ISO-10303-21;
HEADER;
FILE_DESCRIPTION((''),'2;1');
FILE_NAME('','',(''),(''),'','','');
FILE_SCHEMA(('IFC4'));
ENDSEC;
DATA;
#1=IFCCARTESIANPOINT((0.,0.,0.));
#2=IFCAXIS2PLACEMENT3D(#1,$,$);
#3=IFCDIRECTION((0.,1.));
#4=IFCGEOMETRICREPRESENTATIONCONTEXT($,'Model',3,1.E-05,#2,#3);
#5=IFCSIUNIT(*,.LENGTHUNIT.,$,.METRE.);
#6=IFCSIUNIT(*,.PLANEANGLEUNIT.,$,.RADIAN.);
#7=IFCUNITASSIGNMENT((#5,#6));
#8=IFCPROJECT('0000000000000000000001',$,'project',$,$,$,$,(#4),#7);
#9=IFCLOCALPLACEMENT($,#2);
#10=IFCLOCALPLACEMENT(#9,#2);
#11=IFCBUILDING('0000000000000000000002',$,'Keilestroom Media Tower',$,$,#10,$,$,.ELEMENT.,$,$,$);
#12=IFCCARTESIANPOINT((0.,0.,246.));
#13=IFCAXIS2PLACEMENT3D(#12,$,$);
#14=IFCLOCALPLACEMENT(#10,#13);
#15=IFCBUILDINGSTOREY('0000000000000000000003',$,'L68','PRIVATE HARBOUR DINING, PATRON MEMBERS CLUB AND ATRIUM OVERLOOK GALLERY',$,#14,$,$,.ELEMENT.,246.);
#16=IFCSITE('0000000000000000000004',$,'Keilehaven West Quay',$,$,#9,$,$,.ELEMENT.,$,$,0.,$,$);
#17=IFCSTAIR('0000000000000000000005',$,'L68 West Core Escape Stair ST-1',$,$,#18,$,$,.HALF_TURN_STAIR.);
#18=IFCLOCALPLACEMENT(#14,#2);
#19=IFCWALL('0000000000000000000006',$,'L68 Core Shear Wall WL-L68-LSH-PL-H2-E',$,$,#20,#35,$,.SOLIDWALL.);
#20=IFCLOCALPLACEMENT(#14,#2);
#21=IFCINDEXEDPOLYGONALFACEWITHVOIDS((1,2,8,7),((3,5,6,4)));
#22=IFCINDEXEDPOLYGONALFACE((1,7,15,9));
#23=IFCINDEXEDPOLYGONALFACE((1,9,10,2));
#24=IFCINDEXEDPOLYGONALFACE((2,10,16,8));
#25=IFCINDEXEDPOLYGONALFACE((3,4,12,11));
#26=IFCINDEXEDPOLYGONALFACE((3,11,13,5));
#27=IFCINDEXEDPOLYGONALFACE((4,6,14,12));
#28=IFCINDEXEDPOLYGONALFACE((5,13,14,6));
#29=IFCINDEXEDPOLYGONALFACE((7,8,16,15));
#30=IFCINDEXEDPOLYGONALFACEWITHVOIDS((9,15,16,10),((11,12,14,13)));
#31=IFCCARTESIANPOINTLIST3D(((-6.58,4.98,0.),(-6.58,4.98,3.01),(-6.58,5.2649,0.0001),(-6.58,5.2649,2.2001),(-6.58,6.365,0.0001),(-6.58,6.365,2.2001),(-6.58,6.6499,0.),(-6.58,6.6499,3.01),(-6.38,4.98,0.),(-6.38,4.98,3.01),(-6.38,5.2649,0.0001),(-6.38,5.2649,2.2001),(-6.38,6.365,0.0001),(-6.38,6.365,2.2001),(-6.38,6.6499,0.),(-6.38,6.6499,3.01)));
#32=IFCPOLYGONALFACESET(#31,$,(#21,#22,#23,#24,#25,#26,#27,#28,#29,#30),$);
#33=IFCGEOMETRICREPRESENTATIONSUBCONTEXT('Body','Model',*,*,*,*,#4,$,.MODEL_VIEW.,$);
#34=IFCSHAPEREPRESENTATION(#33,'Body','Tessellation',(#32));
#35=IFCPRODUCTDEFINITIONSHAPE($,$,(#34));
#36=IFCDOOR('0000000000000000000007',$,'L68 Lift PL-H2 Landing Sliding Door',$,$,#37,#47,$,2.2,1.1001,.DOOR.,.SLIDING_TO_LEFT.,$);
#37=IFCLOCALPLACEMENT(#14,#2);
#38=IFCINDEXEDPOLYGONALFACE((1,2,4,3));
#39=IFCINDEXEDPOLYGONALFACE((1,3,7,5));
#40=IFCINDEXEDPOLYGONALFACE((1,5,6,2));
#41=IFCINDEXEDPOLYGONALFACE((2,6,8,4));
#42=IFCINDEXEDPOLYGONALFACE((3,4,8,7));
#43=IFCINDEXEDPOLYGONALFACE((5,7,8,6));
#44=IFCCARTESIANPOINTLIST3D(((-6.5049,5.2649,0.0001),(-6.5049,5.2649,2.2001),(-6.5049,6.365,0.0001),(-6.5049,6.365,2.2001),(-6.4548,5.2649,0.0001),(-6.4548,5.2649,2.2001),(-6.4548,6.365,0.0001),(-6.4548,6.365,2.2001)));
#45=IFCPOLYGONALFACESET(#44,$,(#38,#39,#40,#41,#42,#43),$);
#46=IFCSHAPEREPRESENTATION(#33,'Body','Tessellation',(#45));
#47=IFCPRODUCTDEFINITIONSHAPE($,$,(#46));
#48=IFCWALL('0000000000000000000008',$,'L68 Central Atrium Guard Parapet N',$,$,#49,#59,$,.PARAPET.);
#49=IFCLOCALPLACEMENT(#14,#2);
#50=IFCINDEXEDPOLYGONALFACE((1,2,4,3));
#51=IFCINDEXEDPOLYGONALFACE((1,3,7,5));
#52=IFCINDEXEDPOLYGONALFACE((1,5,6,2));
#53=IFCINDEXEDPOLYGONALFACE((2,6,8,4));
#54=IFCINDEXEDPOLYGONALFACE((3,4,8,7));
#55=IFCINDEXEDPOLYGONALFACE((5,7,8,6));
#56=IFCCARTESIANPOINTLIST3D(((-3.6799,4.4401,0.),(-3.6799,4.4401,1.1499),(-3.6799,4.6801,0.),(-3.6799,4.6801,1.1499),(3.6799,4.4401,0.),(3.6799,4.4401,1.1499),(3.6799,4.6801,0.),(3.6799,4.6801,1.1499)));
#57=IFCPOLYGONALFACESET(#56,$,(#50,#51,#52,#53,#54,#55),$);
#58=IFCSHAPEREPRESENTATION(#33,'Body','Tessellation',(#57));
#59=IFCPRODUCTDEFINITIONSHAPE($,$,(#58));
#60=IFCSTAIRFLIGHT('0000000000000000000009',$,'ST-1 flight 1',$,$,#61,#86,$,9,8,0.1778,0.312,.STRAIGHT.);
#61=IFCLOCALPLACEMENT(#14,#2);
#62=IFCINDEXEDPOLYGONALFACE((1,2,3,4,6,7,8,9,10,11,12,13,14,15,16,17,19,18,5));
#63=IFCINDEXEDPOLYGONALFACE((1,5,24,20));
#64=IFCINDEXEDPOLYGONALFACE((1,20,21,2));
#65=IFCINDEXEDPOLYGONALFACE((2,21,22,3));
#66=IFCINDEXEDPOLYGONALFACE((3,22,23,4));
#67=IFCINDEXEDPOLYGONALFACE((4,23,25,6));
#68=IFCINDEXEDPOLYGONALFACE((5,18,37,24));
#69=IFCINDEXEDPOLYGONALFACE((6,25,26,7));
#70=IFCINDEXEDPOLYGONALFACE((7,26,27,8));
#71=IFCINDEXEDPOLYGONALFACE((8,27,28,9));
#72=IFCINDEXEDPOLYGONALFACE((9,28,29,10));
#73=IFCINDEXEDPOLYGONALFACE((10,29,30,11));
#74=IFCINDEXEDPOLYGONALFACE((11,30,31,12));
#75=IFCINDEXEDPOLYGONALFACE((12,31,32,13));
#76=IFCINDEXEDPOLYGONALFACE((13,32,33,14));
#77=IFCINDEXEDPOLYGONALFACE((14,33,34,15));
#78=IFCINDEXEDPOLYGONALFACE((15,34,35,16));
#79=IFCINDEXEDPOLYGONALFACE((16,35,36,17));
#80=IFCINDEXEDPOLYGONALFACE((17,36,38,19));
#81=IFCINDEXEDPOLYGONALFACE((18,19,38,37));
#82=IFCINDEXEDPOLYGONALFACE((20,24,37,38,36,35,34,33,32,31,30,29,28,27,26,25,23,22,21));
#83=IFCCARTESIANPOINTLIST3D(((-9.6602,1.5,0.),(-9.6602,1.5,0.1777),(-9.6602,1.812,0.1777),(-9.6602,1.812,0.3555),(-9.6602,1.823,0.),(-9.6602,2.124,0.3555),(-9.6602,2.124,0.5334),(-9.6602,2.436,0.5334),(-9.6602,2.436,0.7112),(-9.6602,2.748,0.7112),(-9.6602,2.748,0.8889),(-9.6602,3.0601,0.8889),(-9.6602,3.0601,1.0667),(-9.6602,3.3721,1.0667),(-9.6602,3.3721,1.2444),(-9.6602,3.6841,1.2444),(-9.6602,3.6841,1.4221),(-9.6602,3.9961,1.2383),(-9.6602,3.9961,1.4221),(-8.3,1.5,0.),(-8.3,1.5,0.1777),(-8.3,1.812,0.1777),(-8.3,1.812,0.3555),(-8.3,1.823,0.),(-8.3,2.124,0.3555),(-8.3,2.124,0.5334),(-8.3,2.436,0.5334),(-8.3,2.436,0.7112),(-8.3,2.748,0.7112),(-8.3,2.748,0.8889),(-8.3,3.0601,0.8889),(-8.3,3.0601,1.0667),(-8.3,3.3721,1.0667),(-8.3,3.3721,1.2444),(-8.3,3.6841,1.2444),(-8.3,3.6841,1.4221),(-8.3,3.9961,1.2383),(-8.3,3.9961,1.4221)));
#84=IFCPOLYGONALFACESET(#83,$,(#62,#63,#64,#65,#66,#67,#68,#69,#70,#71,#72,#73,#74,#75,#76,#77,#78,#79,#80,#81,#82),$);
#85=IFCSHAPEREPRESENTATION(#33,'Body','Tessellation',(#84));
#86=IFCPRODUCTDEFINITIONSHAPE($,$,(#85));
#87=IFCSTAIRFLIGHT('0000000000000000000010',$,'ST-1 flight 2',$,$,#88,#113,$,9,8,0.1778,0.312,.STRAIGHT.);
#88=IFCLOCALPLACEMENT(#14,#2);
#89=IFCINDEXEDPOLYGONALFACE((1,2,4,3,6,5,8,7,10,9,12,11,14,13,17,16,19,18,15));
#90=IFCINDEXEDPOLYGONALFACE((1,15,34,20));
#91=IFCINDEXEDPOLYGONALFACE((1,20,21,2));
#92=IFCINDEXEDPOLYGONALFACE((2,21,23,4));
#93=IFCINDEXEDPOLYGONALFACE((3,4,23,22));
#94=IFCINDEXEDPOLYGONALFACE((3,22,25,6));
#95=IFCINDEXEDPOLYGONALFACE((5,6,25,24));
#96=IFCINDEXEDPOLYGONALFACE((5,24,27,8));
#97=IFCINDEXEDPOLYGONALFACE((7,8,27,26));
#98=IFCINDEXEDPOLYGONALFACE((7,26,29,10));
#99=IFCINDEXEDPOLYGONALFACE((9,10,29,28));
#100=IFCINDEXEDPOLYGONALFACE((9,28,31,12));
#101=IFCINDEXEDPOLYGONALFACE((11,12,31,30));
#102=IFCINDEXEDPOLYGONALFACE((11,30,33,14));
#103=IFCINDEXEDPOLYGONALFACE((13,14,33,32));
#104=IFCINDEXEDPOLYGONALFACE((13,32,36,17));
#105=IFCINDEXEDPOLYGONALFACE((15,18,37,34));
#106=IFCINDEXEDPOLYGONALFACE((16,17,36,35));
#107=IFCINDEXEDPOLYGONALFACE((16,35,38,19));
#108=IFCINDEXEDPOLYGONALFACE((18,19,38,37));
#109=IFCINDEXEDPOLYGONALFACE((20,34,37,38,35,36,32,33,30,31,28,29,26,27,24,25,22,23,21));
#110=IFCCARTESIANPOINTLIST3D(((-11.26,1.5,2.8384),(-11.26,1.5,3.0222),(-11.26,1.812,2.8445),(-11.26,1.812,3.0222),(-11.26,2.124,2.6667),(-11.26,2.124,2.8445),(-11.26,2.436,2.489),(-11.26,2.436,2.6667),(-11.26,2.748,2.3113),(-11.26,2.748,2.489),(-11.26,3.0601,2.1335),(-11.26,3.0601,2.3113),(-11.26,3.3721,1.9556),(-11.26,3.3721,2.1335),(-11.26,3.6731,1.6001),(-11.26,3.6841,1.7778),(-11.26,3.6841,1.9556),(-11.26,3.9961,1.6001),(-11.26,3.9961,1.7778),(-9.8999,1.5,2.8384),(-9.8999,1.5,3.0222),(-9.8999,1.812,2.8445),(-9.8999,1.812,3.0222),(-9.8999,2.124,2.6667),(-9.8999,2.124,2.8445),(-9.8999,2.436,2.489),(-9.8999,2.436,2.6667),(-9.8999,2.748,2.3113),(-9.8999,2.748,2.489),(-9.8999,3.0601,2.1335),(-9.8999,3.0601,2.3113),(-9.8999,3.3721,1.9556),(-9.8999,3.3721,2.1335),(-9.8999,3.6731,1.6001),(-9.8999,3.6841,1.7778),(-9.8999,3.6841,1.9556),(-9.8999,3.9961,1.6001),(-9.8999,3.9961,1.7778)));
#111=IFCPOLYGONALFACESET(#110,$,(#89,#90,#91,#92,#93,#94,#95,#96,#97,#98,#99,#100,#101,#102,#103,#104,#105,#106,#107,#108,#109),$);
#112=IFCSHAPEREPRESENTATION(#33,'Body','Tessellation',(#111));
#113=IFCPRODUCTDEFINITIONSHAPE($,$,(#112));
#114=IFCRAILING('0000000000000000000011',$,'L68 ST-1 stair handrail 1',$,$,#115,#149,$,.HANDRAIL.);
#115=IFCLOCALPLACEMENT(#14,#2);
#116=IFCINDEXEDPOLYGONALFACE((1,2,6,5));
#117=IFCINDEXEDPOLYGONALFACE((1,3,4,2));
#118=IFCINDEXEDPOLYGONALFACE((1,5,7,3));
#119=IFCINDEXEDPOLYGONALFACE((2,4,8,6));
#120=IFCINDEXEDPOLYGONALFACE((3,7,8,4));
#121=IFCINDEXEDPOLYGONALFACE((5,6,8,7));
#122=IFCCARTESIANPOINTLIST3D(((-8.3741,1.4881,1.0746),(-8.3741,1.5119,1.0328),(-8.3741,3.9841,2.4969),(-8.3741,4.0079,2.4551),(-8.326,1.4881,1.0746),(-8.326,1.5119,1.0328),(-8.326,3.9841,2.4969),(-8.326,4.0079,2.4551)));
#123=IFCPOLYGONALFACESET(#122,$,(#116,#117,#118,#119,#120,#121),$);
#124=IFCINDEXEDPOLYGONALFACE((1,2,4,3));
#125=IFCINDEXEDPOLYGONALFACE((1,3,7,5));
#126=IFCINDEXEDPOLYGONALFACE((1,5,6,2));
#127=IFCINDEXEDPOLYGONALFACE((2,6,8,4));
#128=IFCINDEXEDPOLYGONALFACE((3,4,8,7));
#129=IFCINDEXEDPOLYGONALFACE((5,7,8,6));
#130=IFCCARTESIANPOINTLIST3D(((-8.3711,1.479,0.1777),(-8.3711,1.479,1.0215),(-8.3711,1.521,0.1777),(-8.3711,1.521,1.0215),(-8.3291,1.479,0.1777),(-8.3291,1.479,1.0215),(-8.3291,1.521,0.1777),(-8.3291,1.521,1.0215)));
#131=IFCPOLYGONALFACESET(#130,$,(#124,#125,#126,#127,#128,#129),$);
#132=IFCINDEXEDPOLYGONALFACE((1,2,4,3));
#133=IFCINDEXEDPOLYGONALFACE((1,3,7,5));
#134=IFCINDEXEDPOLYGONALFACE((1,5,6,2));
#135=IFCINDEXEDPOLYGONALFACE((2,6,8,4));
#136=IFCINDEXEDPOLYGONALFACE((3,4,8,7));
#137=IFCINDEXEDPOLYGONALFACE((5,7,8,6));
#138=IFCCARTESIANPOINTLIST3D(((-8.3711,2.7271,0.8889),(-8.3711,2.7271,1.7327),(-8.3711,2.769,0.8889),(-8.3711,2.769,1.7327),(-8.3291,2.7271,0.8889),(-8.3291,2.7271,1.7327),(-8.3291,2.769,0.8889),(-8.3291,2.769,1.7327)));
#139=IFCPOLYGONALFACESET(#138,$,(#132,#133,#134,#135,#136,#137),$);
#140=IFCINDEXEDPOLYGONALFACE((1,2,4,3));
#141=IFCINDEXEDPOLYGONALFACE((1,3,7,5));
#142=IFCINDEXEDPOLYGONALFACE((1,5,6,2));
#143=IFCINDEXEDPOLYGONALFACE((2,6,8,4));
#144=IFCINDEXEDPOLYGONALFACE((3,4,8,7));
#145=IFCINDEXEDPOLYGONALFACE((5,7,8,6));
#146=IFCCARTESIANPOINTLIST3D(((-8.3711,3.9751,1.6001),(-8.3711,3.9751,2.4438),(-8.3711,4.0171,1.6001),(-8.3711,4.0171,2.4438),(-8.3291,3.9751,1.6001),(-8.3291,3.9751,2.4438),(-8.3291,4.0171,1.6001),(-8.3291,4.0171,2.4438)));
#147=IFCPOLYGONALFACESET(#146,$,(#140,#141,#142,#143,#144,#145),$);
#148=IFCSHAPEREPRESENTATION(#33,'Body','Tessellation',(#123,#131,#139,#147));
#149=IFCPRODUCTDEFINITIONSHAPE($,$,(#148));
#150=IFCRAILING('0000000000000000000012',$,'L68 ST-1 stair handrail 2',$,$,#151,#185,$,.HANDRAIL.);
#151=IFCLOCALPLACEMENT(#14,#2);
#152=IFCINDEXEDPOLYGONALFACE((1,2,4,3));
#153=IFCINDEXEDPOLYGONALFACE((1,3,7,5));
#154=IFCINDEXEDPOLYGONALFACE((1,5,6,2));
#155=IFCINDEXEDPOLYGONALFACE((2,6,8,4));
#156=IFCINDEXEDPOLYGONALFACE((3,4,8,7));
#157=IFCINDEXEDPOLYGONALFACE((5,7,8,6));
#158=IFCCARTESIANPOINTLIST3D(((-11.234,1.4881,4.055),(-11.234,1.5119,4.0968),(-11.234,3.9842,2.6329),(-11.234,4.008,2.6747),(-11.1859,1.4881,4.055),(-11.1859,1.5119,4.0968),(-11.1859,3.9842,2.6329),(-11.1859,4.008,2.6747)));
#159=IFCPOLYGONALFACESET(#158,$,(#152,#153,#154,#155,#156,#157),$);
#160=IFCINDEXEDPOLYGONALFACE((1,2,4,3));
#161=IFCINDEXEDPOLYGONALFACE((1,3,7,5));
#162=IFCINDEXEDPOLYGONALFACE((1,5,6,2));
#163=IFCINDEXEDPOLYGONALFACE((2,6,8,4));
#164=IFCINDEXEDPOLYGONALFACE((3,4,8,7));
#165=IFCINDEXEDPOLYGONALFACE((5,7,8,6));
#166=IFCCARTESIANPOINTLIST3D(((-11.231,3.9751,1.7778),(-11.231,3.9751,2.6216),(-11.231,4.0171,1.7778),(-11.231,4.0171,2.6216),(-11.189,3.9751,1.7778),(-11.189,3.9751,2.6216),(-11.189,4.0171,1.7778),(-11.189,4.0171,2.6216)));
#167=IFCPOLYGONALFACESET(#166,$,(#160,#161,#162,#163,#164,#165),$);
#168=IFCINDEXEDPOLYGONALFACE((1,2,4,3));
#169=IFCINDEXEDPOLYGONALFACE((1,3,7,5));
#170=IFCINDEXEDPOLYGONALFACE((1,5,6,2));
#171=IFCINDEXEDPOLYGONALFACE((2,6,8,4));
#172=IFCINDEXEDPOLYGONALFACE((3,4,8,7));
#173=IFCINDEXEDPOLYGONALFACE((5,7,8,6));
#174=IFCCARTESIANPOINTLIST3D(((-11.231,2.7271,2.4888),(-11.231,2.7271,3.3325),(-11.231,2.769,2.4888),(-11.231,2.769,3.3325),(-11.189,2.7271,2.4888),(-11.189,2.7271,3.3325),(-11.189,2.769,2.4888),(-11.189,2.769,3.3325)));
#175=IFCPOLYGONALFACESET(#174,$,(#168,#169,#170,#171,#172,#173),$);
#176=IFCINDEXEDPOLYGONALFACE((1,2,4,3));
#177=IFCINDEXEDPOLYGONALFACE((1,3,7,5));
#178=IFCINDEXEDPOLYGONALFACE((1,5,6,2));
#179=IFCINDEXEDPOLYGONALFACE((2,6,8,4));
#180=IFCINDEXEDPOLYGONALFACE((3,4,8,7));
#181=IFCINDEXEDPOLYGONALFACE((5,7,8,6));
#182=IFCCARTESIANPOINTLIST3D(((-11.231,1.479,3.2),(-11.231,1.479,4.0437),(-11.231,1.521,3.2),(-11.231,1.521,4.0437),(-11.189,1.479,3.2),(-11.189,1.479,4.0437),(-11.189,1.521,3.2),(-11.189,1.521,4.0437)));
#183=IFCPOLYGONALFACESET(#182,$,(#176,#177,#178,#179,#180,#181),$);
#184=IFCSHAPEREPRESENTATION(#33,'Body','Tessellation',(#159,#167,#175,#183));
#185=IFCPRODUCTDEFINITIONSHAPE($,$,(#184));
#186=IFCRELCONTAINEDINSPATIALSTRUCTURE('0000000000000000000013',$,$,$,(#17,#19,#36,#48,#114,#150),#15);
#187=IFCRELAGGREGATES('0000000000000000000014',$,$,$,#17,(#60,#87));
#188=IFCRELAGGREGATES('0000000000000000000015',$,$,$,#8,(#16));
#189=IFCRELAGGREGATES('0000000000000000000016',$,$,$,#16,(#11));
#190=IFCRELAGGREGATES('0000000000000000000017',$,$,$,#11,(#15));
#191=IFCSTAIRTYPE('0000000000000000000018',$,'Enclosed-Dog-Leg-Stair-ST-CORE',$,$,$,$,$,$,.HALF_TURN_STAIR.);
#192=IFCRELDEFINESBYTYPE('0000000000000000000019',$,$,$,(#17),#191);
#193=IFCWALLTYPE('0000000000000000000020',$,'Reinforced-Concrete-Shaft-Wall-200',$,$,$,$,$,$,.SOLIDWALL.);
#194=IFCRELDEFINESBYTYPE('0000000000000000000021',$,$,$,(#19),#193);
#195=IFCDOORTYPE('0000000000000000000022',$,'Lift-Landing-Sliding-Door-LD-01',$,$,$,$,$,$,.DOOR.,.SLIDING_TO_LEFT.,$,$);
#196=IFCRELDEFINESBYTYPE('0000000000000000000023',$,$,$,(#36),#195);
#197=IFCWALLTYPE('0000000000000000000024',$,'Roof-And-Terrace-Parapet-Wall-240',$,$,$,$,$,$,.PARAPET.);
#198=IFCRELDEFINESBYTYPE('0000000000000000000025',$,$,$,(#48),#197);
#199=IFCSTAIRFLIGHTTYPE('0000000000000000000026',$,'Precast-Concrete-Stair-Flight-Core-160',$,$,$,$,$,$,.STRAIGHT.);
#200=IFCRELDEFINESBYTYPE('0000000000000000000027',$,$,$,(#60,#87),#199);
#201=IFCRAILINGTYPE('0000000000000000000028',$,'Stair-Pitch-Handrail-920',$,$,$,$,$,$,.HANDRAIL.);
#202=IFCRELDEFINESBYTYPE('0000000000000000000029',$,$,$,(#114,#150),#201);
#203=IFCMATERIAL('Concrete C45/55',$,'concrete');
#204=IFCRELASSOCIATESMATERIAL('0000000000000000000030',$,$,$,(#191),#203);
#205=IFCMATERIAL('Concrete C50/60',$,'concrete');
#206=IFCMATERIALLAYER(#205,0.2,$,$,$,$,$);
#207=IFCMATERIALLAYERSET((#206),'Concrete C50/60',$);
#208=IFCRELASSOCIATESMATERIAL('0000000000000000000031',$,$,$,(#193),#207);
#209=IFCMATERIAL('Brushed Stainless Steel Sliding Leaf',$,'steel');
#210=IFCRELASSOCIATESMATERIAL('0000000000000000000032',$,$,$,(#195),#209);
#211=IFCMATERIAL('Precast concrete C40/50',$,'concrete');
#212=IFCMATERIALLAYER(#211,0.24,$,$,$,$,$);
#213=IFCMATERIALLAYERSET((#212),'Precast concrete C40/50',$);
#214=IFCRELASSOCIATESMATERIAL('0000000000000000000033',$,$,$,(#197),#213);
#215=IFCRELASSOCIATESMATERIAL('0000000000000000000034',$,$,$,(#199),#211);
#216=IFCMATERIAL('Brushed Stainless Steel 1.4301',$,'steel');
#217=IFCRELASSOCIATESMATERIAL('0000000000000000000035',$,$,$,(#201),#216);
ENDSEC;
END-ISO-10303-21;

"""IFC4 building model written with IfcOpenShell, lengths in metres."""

from ifc_helpers import new_model, si_unit, direction, frame, frame_2d, origin, origin_2d, place, context, subcontext, project, spatial, polyline, rectangle, outline, extrude, source, transform, mapped, material, layer, layer_set, type_object, element, fill, aggregate, save


model = new_model("IFC4")

# Units and contexts
model_context = context("Model", 3, precision=1e-05, world=origin(), true_north=direction((0.0, 1.0)))
body_context = subcontext(model_context, "Body", "Model", "MODEL_VIEW")
ifc_project = project(units=[si_unit("LENGTHUNIT", "METRE"), si_unit("PLANEANGLEUNIT", "RADIAN")], contexts=[model_context])

# Site, building, storey
site_placement = place(None, origin())
site = spatial("IfcSite", under=ifc_project, at=site_placement, Name="Keilehaven West Quay", CompositionType="ELEMENT", RefElevation=0.0)
building_placement = place(site_placement, origin())
building = spatial("IfcBuilding", under=site, at=building_placement, Name="Keilestroom Media Tower", CompositionType="ELEMENT")
storey_placement = place(building_placement, frame((0.0, 0.0, 246.0)))
storey = spatial("IfcBuildingStorey", under=building, at=storey_placement, Name="L68", Description="PRIVATE HARBOUR DINING, PATRON MEMBERS CLUB AND ATRIUM OVERLOOK GALLERY", CompositionType="ELEMENT", Elevation=246.0)

# Stair
ifc_material_1 = material(Name="Concrete C45/55", Category="concrete")
stair_type = type_object("IfcStairType", Name="Enclosed-Dog-Leg-Stair-ST-CORE", PredefinedType="HALF_TURN_STAIR", material=ifc_material_1)
stair_placement = place(storey_placement, origin())
stair = element("IfcStair", 1, at=stair_placement, inside=storey, type_object=stair_type, Name="L68 West Core Escape Stair ST-1", PredefinedType="HALF_TURN_STAIR")

# Shared definitions
ifc_material_2 = material(Name="Concrete C50/60", Category="concrete")
ifc_layer_1 = layer(ifc_material_2, 0.2)
ifc_layer_set_1 = layer_set([ifc_layer_1], Name="Concrete C50/60")
wall_type_1 = type_object("IfcWallType", Name="Reinforced-Concrete-Shaft-Wall-200", PredefinedType="SOLIDWALL", material=ifc_layer_set_1)

# Shared definitions
ifc_material_3 = material(Name="Brushed Stainless Steel Sliding Leaf", Category="steel")
door_type = type_object("IfcDoorType", Name="Lift-Landing-Sliding-Door-LD-01", OperationType="SLIDING_TO_LEFT", PredefinedType="DOOR", material=ifc_material_3)
shared_shape_1 = source(origin(), body_context, "Body", "SweptSolid", [
    extrude(rectangle(XDim=1.1001, YDim=2.2, at=frame_2d((0.55, 1.1001))), frame((0.0, 0.0249, 0.0), z_axis=(0.0, -1.0, 0.0), x_axis=(1.0, 0.0, 0.0)), (0.0, 0.0, 1.0), 0.05),
])

# Wall, opening, door
wall_1_placement = place(storey_placement, frame((-6.48, 4.98, 0.0), z_axis=(0.0, 0.0, 1.0), x_axis=(0.0, 1.0, 0.0)))
wall_1 = element("IfcWall", 2, at=wall_1_placement, inside=storey, type_object=wall_type_1, Name="L68 Core Shear Wall WL-L68-LSH-PL-H2-E", PredefinedType="SOLIDWALL", context=body_context, shape_type="SweptSolid", body=[
    extrude(rectangle(XDim=1.6699, YDim=0.2, at=frame_2d((0.835, 0.0))), origin(), (0.0, 0.0, 1.0), 3.01),
])
opening_1_placement = place(wall_1_placement, frame((0.2849, 0.0, 0.0)))
opening_1 = element("IfcOpeningElement", 3, at=opening_1_placement, cuts=wall_1, PredefinedType="OPENING", context=body_context, shape_type="SweptSolid", body=[
    extrude(rectangle(XDim=1.1001, YDim=2.2, at=frame_2d((0.55, 1.1001))), frame((0.0, 0.1099, 0.0), z_axis=(0.0, -1.0, 0.0), x_axis=(1.0, 0.0, 0.0)), (0.0, 0.0, 1.0), 0.22),
])
door_1_placement = place(opening_1_placement, origin())
door_1 = element("IfcDoor", 4, at=door_1_placement, inside=storey, type_object=door_type, Name="L68 Lift PL-H2 Landing Sliding Door", OperationType="SLIDING_TO_LEFT", OverallHeight=2.2, OverallWidth=1.1001, PredefinedType="DOOR", context=body_context, shape_type="MappedRepresentation", body=[
    mapped(shared_shape_1, transform((0.0, 0.0, 0.0), x_axis=(1.0, 0.0, 0.0), y_axis=(0.0, 1.0, 0.0), z_axis=(0.0, 0.0, 1.0), scale=1.0)),
])
fill(opening_1, door_1)

# Wall
ifc_material_4 = material(Name="Precast concrete C40/50", Category="concrete")
ifc_layer_2 = layer(ifc_material_4, 0.24)
ifc_layer_set_2 = layer_set([ifc_layer_2], Name="Precast concrete C40/50")
wall_type_2 = type_object("IfcWallType", Name="Roof-And-Terrace-Parapet-Wall-240", PredefinedType="PARAPET", material=ifc_layer_set_2)
wall_2_placement = place(storey_placement, frame((-3.6799, 4.5601, 0.0), z_axis=(0.0, 0.0, 1.0), x_axis=(1.0, 0.0, 0.0)))
element("IfcWall", 5, at=wall_2_placement, inside=storey, type_object=wall_type_2, Name="L68 Central Atrium Guard Parapet N", PredefinedType="PARAPET", context=body_context, shape_type="SweptSolid", body=[
    extrude(rectangle(XDim=7.3599, YDim=0.24, at=frame_2d((3.6799, 0.0))), origin(), (0.0, 0.0, 1.0), 1.1499),
])

# Stair flights
stair_flight_type = type_object("IfcStairFlightType", Name="Precast-Concrete-Stair-Flight-Core-160", PredefinedType="STRAIGHT", material=ifc_material_4)
stair_flight_1_placement = place(storey_placement, frame((-8.98, 1.5, 0.0), z_axis=(0.0, 0.0, 1.0), x_axis=(0.0, 1.0, 0.0)))
stair_flight_1 = element("IfcStairFlight", 6, at=stair_flight_1_placement, type_object=stair_flight_type, Name="ST-1 flight 1", NumberOfRisers=9, NumberOfTreads=8, PredefinedType="STRAIGHT", RiserHeight=0.1778, TreadLength=0.312, context=body_context, shape_type="SweptSolid", body=[
    extrude(outline(polyline([(0.0, 0.0), (0.0, 0.1777), (0.312, 0.1777), (0.312, 0.3555), (0.624, 0.3555), (0.624, 0.5334), (0.936, 0.5334), (0.936, 0.7112), (1.248, 0.7112), (1.248, 0.8889), (1.5601, 0.8889), (1.5601, 1.0667), (1.8721, 1.0667), (1.8721, 1.2444), (2.1841, 1.2444), (2.1841, 1.4221), (2.4961, 1.4221), (2.4961, 1.6001), (2.4961, 1.2383), (0.323, 0.0), (0.0, 0.0)])), frame((0.0, 0.6802, 0.0), z_axis=(0.0, -1.0, 0.0), x_axis=(1.0, 0.0, 0.0)), (0.0, 0.0, 1.0), 1.3601),
])
stair_flight_2_placement = place(storey_placement, frame((-10.5801, 3.9961, 1.6001), z_axis=(0.0, 0.0, 1.0), x_axis=(0.0, -1.0, 0.0)))
stair_flight_2 = element("IfcStairFlight", 7, at=stair_flight_2_placement, type_object=stair_flight_type, Name="ST-1 flight 2", NumberOfRisers=9, NumberOfTreads=8, PredefinedType="STRAIGHT", RiserHeight=0.1778, TreadLength=0.312, context=body_context, shape_type="SweptSolid", body=[
    extrude(outline(polyline([(0.0, 0.0), (0.0, 0.1777), (0.312, 0.1777), (0.312, 0.3555), (0.624, 0.3555), (0.624, 0.5334), (0.936, 0.5334), (0.936, 0.7112), (1.248, 0.7112), (1.248, 0.8889), (1.5601, 0.8889), (1.5601, 1.0667), (1.8721, 1.0667), (1.8721, 1.2444), (2.1841, 1.2444), (2.1841, 1.4221), (2.4961, 1.4221), (2.4961, 1.6001), (2.4961, 1.2383), (0.323, 0.0), (0.0, 0.0)])), frame((0.0, 0.6802, 0.0), z_axis=(0.0, -1.0, 0.0), x_axis=(1.0, 0.0, 0.0)), (0.0, 0.0, 1.0), 1.3601),
])
aggregate(stair, [stair_flight_1, stair_flight_2])

# Railings
ifc_material_5 = material(Name="Brushed Stainless Steel 1.4301", Category="steel")
railing_type_1 = type_object("IfcRailingType", Name="Stair-Pitch-Handrail-920", PredefinedType="HANDRAIL", material=ifc_material_5)
railing_1_placement = place(storey_placement, frame((-8.3501, 1.5, 0.1777)))
element("IfcRailing", 8, at=railing_1_placement, inside=storey, type_object=railing_type_1, Name="L68 ST-1 stair handrail 1", PredefinedType="HANDRAIL", context=body_context, shape_type="SweptSolid", body=[
    extrude(rectangle(XDim=0.0481, YDim=0.0481, at=origin_2d()), frame((0.0, 0.0, 0.876), z_axis=(0.0, 0.868839, 0.495095), x_axis=(-1.0, 0.0, 0.0)), (0.0, 0.0, 1.0), 2.8728),
    extrude(rectangle(XDim=0.042, YDim=0.042, at=origin_2d()), origin(), (0.0, 0.0, 1.0), 0.8438),
    extrude(rectangle(XDim=0.042, YDim=0.042, at=origin_2d()), frame((0.0, 1.248, 0.7112)), (0.0, 0.0, 1.0), 0.8438),
    extrude(rectangle(XDim=0.042, YDim=0.042, at=origin_2d()), frame((0.0, 2.4961, 1.4224)), (0.0, 0.0, 1.0), 0.8438),
])
railing_2_placement = place(storey_placement, frame((-11.21, 3.9961, 1.7778)))
element("IfcRailing", 9, at=railing_2_placement, inside=storey, type_object=railing_type_1, Name="L68 ST-1 stair handrail 2", PredefinedType="HANDRAIL", context=body_context, shape_type="SweptSolid", body=[
    extrude(rectangle(XDim=0.0481, YDim=0.0481, at=origin_2d()), frame((0.0, 0.0, 0.876), z_axis=(0.0, -0.868875, 0.495031), x_axis=(1.0, 0.0, 0.0)), (0.0, 0.0, 1.0), 2.8728),
    extrude(rectangle(XDim=0.042, YDim=0.042, at=origin_2d()), origin(), (0.0, 0.0, 1.0), 0.8438),
    extrude(rectangle(XDim=0.042, YDim=0.042, at=origin_2d()), frame((0.0, -1.248, 0.7109)), (0.0, 0.0, 1.0), 0.8438),
    extrude(rectangle(XDim=0.042, YDim=0.042, at=origin_2d()), frame((0.0, -2.4961, 1.4221)), (0.0, 0.0, 1.0), 0.8438),
])

save(model, "model.ifc")
